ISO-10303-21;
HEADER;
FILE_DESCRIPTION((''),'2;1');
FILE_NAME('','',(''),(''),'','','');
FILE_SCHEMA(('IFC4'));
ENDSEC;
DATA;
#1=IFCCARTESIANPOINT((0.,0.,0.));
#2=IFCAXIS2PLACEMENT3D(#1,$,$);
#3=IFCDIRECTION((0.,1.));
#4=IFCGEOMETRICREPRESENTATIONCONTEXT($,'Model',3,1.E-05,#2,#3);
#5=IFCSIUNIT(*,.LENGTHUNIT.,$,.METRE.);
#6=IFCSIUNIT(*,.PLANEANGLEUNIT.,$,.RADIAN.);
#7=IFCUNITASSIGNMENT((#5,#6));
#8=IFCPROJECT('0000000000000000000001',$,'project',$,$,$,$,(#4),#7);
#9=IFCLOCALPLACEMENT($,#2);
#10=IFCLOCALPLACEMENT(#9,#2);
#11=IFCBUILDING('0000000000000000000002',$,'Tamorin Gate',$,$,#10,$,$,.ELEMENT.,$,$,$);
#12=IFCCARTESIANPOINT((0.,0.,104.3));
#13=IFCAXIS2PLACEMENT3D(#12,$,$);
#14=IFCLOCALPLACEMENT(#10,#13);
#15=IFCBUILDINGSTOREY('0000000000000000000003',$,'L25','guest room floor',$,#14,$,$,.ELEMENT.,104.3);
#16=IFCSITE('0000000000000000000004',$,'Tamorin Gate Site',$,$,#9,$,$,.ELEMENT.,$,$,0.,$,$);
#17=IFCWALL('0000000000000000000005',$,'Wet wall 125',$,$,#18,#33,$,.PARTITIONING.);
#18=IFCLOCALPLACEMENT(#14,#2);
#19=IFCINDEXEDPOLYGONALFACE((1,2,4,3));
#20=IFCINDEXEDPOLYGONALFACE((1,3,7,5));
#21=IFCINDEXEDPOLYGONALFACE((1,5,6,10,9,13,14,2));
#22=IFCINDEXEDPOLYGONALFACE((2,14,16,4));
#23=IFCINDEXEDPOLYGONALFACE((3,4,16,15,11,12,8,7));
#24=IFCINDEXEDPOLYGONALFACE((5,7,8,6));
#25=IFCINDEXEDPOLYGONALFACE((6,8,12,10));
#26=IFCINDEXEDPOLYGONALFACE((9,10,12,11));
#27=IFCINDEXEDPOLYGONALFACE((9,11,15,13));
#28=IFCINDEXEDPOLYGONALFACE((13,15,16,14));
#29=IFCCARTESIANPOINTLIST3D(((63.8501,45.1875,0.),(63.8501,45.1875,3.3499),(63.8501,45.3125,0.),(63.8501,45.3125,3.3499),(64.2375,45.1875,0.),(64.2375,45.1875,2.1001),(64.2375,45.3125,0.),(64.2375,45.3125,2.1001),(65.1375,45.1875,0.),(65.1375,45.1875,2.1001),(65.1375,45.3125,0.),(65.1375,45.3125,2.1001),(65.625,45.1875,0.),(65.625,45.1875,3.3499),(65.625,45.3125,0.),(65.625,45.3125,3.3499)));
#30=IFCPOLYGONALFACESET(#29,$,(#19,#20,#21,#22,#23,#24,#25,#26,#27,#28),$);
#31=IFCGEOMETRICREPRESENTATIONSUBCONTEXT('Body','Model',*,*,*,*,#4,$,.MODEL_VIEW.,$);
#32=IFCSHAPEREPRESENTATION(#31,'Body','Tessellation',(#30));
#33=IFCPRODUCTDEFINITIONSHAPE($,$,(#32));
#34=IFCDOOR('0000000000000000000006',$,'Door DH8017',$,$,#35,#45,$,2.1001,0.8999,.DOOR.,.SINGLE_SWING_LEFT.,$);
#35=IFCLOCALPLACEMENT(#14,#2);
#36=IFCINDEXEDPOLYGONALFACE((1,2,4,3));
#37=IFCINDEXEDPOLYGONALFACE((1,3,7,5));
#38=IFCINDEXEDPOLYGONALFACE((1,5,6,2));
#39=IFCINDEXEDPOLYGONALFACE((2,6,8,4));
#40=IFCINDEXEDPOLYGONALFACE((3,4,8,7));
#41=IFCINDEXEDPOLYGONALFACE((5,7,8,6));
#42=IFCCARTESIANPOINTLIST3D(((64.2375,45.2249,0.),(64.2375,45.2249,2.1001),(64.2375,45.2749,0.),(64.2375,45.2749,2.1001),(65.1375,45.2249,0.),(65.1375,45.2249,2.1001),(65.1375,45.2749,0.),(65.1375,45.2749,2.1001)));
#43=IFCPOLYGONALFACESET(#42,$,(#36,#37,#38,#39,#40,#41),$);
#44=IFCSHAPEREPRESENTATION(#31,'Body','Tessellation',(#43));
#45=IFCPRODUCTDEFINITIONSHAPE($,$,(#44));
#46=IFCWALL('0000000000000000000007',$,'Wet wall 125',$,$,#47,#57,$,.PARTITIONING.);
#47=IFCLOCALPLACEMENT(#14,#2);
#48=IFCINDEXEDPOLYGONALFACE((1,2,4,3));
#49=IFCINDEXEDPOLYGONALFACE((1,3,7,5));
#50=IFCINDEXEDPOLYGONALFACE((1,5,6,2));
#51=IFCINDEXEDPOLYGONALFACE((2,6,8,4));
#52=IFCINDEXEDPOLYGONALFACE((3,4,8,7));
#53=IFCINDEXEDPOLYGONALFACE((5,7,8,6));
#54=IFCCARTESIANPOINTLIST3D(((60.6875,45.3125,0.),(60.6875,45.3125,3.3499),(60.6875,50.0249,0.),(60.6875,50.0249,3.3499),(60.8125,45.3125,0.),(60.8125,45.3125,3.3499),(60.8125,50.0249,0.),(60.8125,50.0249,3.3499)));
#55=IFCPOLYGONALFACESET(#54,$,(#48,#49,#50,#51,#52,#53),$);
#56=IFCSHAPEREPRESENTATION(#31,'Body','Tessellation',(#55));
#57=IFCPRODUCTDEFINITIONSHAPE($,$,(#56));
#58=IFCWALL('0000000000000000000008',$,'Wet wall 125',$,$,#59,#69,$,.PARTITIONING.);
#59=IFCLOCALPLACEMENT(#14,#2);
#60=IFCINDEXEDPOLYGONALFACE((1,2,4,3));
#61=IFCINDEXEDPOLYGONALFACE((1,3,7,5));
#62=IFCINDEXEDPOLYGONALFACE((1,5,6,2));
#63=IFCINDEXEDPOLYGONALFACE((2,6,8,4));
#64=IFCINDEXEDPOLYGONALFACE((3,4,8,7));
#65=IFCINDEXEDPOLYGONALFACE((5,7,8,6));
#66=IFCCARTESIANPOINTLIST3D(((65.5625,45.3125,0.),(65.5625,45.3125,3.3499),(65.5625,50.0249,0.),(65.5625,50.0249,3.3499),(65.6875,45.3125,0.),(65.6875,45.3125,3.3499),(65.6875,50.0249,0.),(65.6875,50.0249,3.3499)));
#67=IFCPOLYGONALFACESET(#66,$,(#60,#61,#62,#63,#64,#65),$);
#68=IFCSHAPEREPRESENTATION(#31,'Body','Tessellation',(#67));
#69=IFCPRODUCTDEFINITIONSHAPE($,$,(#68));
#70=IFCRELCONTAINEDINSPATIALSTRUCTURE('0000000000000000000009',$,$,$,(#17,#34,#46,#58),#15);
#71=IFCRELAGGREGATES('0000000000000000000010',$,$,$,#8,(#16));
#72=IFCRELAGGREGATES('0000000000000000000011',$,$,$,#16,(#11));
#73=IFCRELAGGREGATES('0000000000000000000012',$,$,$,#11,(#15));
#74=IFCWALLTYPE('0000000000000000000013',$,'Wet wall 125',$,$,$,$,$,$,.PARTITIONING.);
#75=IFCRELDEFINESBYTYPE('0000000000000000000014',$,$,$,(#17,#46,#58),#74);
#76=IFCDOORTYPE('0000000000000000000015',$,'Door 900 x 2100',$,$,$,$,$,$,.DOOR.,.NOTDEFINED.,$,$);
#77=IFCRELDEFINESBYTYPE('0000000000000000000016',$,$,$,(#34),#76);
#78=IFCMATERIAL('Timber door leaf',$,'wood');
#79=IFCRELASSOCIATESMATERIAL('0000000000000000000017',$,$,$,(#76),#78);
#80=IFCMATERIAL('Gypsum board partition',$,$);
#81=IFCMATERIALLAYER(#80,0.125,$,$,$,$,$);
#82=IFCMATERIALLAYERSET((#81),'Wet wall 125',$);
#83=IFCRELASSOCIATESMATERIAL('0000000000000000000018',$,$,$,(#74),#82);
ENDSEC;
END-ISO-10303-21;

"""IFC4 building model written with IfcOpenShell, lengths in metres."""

from ifc_helpers import new_model, si_unit, direction, frame, frame_2d, origin, place, context, subcontext, project, spatial, rectangle, extrude, material, layer, layer_set, type_object, element, fill, save


model = new_model("IFC4")

# Units and contexts
model_context = context("Model", 3, precision=1e-05, world=origin(), true_north=direction((0.0, 1.0)))
body_context = subcontext(model_context, "Body", "Model", "MODEL_VIEW")
ifc_project = project(units=[si_unit("LENGTHUNIT", "METRE"), si_unit("PLANEANGLEUNIT", "RADIAN")], contexts=[model_context])

# Site, building, storey
site_placement = place(None, origin())
site = spatial("IfcSite", under=ifc_project, at=site_placement, Name="Tamorin Gate Site", CompositionType="ELEMENT", RefElevation=0.0)
building_placement = place(site_placement, origin())
building = spatial("IfcBuilding", under=site, at=building_placement, Name="Tamorin Gate", CompositionType="ELEMENT")
storey_placement = place(building_placement, frame((0.0, 0.0, 104.3)))
storey = spatial("IfcBuildingStorey", under=building, at=storey_placement, Name="L25", Description="guest room floor", CompositionType="ELEMENT", Elevation=104.3)

# Shared definitions
ifc_material_1 = material(Name="Gypsum board partition")
ifc_material_2 = material(Name="Timber door leaf", Category="wood")

# Shared definitions
door_type_1 = type_object("IfcDoorType", Name="Door 900 x 2100", OperationType="NOTDEFINED", PredefinedType="DOOR", material=ifc_material_2)

# Wall, opening, door
ifc_layer_1 = layer(ifc_material_1, 0.125)
ifc_layer_set_1 = layer_set([ifc_layer_1], Name="Wet wall 125")
wall_type_1 = type_object("IfcWallType", Name="Wet wall 125", PredefinedType="PARTITIONING", material=ifc_layer_set_1)
wall_1_placement = place(storey_placement, frame((63.8501, 45.25, 0.0), z_axis=(0.0, 0.0, 1.0), x_axis=(1.0, 0.0, 0.0)))
wall_1 = element("IfcWall", 1, at=wall_1_placement, inside=storey, type_object=wall_type_1, Name="Wet wall 125", PredefinedType="PARTITIONING", context=body_context, shape_type="SweptSolid", body=[
    extrude(rectangle(XDim=1.7749, YDim=0.125, at=frame_2d((0.8875, 0.0))), origin(), (0.0, 0.0, 1.0), 3.3499),
])
opening_1_placement = place(wall_1_placement, frame((0.3875, 0.0, 0.0)))
opening_1 = element("IfcOpeningElement", 2, at=opening_1_placement, cuts=wall_1, PredefinedType="OPENING", context=body_context, shape_type="SweptSolid", body=[
    extrude(rectangle(XDim=0.8999, YDim=2.1001, at=frame_2d((0.45, 1.05))), frame((0.0, 0.0725, 0.0), z_axis=(0.0, -1.0, 0.0), x_axis=(1.0, 0.0, 0.0)), (0.0, 0.0, 1.0), 0.145),
])
door_1_placement = place(opening_1_placement, origin())
door_1 = element("IfcDoor", 3, at=door_1_placement, inside=storey, type_object=door_type_1, Name="Door DH8017", OperationType="SINGLE_SWING_LEFT", OverallHeight=2.1001, OverallWidth=0.8999, PredefinedType="DOOR", context=body_context, shape_type="SweptSolid", body=[
    extrude(rectangle(XDim=0.8999, YDim=2.1001, at=frame_2d((0.45, 1.05))), frame((0.0, 0.0249, 0.0), z_axis=(0.0, -1.0, 0.0), x_axis=(1.0, 0.0, 0.0)), (0.0, 0.0, 1.0), 0.05),
])
fill(opening_1, door_1)

# Walls
for number, where, z_axis, x_axis, name in (
    (4, (60.75, 45.3125, 0.0), (0.0, 0.0, 1.0), (0.0, 1.0, 0.0), "Wet wall 125"),
    (5, (65.625, 45.3125, 0.0), (0.0, 0.0, 1.0), (0.0, 1.0, 0.0), "Wet wall 125"),
):
    element("IfcWall", number, at=place(storey_placement, frame(where, z_axis=z_axis, x_axis=x_axis)), inside=storey, type_object=wall_type_1, Name=name, PredefinedType="PARTITIONING", context=body_context, shape_type="SweptSolid", body=[
        extrude(rectangle(XDim=4.7124, YDim=0.125, at=frame_2d((2.3562, 0.0))), origin(), (0.0, 0.0, 1.0), 3.3499),
    ])

save(model, "model.ifc")
